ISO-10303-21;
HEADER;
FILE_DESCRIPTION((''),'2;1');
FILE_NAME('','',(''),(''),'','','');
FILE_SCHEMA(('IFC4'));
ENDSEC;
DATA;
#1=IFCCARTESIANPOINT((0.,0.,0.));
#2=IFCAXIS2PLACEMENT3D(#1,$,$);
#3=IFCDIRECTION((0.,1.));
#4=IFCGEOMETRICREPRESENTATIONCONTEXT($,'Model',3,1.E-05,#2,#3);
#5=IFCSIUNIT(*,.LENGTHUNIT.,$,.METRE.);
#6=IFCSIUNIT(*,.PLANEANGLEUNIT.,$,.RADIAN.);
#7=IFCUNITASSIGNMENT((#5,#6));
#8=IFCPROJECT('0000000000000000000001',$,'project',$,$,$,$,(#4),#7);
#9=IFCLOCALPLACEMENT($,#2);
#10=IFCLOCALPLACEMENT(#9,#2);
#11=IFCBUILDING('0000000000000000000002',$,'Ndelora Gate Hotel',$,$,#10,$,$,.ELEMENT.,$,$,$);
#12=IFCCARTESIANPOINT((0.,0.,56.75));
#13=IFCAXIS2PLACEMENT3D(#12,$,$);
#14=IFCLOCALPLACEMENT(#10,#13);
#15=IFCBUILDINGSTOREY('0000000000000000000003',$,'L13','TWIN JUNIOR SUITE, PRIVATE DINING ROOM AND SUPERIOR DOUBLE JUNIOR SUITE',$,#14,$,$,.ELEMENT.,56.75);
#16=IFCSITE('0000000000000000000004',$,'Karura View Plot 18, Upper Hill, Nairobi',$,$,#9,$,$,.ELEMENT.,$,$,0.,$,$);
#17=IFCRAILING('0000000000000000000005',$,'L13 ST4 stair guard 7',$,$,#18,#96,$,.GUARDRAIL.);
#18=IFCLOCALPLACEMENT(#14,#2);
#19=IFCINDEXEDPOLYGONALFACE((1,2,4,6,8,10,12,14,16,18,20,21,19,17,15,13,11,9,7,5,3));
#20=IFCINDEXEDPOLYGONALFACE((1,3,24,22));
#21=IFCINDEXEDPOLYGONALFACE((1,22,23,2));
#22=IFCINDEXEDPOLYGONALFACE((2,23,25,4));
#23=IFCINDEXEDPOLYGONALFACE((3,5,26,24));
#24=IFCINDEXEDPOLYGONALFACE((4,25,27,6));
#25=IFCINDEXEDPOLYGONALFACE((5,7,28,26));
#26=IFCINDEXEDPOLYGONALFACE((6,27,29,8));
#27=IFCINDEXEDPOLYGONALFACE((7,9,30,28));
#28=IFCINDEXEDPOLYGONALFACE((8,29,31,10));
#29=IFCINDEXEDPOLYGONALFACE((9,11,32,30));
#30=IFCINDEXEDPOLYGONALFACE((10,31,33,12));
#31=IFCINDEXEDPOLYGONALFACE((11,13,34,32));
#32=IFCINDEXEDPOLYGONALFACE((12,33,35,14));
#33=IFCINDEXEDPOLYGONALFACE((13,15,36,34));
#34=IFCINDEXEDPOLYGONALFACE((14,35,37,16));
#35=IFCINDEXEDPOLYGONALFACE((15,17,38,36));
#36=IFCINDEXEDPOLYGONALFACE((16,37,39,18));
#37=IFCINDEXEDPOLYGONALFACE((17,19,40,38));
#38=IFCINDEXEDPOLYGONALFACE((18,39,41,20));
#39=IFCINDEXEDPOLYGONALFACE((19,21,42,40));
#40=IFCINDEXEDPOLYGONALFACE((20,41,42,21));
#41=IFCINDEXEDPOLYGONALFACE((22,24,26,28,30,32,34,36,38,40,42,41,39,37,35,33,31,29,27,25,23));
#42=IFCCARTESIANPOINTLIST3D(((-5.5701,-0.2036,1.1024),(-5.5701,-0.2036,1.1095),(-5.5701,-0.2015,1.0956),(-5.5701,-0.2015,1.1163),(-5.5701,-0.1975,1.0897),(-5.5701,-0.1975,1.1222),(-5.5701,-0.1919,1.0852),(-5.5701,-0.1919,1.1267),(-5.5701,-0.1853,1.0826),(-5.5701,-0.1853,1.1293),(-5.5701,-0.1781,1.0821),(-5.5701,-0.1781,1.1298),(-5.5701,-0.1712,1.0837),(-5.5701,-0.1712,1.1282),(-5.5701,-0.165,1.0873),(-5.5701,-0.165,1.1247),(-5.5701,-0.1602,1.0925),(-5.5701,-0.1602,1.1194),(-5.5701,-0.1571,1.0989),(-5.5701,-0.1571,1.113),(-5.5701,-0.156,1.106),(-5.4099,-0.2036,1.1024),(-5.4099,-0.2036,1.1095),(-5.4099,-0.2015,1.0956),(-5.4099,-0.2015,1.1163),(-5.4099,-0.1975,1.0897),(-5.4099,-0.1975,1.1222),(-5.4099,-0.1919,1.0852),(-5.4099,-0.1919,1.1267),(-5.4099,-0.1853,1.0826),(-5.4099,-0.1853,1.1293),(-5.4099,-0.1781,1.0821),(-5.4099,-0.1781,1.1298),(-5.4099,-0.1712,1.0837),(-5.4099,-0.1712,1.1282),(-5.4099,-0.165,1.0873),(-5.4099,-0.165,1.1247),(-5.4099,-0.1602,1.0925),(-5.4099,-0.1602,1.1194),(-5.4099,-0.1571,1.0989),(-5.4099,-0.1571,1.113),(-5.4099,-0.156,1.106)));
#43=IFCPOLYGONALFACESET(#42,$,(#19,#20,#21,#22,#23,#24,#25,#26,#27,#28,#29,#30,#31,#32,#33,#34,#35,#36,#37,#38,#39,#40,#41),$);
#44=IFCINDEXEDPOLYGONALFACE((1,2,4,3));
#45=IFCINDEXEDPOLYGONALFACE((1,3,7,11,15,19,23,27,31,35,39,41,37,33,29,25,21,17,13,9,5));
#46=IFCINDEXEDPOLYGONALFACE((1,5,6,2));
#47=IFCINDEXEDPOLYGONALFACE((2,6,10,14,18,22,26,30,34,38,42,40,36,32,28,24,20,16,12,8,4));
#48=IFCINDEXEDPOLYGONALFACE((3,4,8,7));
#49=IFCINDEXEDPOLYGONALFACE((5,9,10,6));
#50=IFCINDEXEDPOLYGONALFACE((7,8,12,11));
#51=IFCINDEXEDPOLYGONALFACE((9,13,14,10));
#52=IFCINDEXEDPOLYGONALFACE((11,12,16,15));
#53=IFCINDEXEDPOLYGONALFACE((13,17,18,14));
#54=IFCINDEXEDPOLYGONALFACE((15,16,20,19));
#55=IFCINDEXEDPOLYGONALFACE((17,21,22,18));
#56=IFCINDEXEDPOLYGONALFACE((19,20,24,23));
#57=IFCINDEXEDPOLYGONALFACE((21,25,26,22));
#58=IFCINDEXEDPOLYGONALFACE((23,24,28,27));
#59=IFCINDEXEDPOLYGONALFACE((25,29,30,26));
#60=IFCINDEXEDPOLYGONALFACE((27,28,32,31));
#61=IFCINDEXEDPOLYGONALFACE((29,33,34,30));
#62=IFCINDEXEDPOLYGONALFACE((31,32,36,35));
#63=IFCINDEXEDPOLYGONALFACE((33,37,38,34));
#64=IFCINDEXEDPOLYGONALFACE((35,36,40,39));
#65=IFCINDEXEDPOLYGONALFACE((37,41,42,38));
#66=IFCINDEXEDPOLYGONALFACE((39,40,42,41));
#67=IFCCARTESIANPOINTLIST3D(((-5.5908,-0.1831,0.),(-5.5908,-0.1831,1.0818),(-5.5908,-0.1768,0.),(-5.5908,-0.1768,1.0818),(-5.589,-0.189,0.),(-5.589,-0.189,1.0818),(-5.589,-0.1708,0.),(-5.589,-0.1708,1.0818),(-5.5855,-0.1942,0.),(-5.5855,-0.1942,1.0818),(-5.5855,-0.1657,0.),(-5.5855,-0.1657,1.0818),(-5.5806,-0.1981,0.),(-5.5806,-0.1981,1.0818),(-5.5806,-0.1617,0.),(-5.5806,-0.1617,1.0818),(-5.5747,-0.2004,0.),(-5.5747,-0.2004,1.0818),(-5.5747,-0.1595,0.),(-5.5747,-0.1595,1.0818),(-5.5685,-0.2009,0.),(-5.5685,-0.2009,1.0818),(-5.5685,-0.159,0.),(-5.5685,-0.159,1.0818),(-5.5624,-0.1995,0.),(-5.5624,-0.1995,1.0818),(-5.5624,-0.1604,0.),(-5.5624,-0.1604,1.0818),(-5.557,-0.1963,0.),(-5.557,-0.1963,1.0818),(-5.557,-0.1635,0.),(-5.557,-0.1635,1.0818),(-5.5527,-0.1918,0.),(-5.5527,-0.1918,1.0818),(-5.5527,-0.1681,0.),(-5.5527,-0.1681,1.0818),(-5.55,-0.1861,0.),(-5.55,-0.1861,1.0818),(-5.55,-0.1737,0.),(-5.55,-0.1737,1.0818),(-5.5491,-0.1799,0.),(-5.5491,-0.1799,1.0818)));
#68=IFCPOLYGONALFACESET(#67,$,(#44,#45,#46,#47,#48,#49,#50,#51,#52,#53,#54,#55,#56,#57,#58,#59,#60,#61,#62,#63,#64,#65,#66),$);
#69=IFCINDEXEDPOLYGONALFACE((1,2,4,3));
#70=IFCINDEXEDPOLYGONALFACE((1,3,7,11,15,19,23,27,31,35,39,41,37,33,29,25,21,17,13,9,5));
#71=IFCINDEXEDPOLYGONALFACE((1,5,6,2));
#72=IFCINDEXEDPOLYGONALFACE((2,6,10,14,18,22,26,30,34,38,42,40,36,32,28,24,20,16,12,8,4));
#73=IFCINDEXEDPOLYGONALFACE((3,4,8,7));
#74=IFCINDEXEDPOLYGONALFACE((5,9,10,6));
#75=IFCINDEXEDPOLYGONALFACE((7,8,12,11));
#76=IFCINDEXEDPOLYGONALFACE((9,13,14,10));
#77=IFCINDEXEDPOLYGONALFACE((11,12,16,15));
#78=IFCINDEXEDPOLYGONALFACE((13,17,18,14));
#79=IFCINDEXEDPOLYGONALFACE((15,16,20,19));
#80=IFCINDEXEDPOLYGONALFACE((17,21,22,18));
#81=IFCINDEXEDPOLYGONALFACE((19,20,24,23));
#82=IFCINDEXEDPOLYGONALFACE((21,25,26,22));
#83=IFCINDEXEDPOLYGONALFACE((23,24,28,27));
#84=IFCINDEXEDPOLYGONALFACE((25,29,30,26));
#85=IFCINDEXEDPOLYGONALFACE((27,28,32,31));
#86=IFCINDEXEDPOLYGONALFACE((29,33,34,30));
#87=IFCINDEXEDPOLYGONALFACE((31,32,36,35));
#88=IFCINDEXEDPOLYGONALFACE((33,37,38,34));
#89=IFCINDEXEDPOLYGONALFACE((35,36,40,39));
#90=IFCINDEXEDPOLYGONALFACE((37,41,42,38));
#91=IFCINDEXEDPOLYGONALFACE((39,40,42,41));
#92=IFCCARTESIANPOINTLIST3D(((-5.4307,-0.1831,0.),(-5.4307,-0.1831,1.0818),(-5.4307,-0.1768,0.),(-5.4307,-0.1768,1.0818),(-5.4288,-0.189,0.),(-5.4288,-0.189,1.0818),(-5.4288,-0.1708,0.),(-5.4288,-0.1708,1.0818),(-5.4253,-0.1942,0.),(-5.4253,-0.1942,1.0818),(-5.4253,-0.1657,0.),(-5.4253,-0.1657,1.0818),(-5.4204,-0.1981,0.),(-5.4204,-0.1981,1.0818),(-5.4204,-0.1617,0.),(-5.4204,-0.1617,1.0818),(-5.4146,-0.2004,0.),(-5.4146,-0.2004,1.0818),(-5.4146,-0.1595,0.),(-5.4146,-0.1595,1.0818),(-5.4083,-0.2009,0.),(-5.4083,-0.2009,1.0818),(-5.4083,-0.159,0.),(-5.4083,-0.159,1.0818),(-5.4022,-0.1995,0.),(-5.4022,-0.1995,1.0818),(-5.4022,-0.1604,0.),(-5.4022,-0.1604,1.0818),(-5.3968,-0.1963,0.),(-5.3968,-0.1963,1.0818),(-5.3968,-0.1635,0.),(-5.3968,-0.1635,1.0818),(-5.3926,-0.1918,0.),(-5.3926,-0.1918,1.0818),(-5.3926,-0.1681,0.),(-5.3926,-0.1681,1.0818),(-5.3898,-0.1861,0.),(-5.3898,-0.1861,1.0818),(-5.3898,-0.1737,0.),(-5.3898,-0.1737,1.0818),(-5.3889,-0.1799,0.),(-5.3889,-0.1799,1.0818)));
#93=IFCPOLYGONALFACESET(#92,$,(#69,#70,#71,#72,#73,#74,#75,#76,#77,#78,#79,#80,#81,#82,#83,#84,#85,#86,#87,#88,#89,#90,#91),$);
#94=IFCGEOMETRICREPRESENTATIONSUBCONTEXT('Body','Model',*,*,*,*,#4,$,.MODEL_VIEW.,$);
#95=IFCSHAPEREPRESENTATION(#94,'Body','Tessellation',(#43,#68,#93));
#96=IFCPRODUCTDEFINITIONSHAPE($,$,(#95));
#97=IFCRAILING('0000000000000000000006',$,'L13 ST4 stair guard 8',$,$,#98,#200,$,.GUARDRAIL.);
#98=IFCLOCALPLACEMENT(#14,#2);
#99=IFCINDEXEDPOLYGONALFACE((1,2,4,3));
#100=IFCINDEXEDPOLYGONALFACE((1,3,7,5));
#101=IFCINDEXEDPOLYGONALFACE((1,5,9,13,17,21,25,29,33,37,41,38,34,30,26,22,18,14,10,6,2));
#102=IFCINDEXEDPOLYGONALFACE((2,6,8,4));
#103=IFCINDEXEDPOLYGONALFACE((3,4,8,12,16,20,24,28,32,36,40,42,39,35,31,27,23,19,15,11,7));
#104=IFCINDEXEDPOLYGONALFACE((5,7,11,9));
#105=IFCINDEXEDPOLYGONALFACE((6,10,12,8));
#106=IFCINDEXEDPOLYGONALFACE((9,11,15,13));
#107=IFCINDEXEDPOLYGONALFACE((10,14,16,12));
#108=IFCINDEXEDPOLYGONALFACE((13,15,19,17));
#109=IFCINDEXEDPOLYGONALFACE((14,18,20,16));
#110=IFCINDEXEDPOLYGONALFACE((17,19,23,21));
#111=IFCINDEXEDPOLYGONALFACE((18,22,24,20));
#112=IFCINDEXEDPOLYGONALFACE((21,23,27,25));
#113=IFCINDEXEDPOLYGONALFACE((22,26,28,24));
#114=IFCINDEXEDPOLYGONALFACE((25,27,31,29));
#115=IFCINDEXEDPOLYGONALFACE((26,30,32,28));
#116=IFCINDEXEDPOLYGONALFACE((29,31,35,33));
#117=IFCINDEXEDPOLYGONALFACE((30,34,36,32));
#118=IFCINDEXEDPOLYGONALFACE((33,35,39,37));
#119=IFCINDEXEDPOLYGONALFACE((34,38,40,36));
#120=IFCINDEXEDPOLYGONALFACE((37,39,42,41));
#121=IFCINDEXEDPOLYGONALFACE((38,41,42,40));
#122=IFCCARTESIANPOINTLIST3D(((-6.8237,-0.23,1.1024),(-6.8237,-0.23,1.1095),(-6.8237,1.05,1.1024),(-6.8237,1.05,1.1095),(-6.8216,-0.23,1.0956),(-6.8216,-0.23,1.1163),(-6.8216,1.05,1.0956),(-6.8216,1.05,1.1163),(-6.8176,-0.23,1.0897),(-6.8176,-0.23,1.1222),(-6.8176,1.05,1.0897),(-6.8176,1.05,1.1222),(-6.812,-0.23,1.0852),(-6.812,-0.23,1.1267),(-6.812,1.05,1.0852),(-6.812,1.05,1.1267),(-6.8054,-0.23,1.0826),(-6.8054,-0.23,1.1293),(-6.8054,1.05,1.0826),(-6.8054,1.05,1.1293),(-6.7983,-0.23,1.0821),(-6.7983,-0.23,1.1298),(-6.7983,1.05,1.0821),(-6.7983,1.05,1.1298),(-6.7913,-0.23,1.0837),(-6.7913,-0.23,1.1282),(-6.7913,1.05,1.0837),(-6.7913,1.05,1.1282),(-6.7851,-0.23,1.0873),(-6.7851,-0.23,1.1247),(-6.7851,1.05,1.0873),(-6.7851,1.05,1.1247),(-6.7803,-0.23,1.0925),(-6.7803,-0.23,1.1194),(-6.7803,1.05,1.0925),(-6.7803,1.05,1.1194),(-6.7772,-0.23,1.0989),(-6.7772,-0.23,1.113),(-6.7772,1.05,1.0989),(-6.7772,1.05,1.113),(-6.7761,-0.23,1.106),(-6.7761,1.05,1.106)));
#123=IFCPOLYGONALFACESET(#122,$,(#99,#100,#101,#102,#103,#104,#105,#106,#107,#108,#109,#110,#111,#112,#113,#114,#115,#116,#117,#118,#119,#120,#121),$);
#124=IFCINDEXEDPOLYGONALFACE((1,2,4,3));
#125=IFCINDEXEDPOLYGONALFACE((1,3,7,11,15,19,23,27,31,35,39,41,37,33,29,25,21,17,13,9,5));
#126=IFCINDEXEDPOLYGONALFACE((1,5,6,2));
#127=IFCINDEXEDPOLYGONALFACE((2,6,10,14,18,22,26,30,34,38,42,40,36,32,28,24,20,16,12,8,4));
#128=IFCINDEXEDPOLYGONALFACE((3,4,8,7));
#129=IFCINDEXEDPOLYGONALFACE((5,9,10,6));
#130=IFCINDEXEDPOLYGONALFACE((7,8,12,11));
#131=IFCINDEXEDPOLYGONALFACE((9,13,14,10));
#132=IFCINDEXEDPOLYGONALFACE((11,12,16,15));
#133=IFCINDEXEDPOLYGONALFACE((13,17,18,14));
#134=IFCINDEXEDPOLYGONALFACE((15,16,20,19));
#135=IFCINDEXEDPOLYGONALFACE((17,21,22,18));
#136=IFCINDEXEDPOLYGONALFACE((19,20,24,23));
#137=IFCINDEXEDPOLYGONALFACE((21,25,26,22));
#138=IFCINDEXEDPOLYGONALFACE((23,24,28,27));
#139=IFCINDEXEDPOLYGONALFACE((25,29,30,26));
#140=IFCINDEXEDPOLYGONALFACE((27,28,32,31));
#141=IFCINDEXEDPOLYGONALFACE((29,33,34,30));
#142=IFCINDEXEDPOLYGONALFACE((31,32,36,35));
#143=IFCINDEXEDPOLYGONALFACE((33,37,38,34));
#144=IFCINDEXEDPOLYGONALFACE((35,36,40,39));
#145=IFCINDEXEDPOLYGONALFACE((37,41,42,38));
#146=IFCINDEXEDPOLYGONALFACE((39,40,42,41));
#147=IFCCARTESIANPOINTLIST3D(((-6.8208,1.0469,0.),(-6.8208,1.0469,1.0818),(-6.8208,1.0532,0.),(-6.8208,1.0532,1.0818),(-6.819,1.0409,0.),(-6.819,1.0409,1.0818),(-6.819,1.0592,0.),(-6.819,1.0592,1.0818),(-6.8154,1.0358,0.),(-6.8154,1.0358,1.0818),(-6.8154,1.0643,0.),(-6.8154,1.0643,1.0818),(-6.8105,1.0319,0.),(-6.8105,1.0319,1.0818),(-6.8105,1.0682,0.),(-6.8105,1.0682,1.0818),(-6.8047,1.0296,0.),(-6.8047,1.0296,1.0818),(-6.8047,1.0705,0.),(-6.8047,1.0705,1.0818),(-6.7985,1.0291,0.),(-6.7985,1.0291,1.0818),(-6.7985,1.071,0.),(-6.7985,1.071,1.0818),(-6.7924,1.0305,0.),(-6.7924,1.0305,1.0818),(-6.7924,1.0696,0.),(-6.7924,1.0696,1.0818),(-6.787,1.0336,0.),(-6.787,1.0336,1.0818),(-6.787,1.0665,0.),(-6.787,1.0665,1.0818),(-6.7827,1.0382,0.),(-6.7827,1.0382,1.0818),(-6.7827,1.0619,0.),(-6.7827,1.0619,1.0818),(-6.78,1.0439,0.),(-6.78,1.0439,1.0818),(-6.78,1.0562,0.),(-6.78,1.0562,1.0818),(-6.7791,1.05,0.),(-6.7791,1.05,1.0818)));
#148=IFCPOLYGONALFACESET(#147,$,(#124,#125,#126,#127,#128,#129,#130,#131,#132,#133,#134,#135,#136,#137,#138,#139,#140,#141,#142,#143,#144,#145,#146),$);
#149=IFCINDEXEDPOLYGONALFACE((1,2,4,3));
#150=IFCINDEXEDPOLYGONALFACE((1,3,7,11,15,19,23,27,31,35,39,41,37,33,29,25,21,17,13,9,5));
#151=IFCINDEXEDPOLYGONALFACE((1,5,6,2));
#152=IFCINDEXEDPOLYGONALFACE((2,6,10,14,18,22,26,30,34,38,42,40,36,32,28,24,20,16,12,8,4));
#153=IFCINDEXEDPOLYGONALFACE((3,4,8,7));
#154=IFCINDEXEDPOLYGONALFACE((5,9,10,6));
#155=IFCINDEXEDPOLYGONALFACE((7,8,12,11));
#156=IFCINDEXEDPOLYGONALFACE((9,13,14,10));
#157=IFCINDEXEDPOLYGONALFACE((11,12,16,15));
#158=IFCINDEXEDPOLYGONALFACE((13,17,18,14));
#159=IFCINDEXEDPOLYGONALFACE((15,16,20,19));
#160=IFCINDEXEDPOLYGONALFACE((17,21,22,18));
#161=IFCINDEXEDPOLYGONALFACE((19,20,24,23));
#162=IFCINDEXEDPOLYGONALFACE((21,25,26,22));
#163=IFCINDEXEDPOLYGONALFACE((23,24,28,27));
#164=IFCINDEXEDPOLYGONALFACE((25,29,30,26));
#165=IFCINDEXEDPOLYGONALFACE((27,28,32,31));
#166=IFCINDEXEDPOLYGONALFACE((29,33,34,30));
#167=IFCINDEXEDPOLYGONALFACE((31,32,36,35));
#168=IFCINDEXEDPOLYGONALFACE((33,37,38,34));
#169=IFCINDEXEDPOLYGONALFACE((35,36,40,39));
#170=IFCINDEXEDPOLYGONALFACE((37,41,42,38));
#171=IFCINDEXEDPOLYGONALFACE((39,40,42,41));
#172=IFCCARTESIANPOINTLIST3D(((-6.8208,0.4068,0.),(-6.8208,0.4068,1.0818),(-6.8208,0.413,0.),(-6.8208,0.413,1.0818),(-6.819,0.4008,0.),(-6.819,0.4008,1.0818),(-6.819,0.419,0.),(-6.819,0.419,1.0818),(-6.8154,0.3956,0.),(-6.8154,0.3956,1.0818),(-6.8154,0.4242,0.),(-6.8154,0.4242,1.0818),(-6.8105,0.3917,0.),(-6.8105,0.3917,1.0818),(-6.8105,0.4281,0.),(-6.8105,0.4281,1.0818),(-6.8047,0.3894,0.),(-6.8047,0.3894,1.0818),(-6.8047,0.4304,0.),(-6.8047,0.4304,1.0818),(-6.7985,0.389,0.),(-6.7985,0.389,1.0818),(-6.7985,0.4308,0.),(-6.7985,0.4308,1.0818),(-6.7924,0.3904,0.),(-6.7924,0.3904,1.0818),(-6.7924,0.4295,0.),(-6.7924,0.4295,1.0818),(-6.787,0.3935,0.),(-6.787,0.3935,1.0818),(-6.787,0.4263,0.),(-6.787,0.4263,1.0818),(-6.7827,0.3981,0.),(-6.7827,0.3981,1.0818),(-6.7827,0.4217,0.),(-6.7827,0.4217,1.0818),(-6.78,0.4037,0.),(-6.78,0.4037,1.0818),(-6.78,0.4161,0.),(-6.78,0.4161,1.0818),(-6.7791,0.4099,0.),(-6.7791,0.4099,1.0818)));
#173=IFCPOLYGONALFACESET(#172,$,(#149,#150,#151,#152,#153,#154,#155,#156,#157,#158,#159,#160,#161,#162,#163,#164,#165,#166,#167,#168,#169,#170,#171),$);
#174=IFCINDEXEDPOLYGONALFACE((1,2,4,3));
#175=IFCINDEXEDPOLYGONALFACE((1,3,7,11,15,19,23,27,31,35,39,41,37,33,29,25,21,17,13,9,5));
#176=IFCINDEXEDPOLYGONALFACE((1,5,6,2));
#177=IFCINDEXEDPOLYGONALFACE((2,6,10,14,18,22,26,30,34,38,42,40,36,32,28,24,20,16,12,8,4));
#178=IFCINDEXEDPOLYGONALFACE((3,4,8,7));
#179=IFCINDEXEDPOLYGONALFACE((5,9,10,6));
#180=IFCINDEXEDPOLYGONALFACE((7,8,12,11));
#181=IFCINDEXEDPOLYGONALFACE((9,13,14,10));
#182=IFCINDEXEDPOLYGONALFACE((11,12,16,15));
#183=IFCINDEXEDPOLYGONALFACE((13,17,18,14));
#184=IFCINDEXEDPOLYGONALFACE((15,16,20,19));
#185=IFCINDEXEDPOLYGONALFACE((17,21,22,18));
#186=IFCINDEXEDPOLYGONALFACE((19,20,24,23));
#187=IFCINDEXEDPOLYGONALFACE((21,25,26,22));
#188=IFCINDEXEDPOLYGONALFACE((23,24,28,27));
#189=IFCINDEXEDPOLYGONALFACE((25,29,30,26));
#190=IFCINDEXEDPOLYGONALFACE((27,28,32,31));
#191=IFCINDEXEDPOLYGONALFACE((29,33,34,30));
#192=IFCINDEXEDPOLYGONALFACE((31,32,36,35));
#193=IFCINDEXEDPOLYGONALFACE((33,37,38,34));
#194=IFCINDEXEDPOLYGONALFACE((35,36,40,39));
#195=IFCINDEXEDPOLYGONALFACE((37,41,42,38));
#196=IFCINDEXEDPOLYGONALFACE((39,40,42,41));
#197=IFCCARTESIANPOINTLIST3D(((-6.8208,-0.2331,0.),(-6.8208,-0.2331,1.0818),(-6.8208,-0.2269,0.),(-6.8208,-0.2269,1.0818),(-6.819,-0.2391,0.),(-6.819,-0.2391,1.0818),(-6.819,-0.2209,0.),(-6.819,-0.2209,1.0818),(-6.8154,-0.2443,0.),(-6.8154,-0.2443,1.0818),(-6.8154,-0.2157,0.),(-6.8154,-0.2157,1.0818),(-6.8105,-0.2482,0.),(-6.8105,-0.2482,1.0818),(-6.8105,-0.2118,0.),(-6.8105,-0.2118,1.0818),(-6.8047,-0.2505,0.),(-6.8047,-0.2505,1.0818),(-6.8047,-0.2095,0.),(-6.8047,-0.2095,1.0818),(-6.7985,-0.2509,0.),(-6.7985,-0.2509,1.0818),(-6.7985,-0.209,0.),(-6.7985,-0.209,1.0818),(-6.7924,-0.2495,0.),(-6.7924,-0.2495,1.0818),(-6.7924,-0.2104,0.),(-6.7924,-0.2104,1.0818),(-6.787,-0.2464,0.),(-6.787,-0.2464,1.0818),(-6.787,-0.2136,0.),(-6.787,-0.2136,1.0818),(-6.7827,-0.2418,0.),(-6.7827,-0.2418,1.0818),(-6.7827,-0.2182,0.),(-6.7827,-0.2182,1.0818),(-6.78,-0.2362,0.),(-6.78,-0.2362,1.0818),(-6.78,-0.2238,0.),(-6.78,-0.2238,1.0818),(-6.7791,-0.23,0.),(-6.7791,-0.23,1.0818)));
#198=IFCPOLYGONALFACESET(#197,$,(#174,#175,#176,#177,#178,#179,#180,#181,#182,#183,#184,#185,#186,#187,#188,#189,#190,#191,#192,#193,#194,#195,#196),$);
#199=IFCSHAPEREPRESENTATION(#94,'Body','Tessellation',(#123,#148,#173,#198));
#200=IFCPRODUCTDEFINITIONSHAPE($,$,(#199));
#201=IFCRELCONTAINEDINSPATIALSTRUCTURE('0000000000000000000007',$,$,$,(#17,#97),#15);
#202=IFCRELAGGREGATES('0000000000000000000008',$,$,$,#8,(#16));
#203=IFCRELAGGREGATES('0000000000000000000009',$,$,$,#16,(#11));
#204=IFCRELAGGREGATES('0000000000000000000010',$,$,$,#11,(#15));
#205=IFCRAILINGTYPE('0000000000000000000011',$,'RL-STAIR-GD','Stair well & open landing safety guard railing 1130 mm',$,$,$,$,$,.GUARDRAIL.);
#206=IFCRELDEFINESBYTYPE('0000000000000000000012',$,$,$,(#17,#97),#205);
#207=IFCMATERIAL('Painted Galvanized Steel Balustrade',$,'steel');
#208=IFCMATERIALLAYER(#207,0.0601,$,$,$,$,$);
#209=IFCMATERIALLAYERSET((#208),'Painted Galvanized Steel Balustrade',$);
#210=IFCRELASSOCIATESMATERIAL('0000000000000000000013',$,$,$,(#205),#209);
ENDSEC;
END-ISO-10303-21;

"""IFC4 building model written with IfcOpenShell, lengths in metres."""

from ifc_helpers import new_model, si_unit, direction, frame, origin, origin_2d, place, context, subcontext, project, spatial, circle, extrude, material, layer, layer_set, type_object, element, save


model = new_model("IFC4")

# Units and contexts
model_context = context("Model", 3, precision=1e-05, world=origin(), true_north=direction((0.0, 1.0)))
body_context = subcontext(model_context, "Body", "Model", "MODEL_VIEW")
ifc_project = project(units=[si_unit("LENGTHUNIT", "METRE"), si_unit("PLANEANGLEUNIT", "RADIAN")], contexts=[model_context])

# Site, building, storey
site_placement = place(None, origin())
site = spatial("IfcSite", under=ifc_project, at=site_placement, Name="Karura View Plot 18, Upper Hill, Nairobi", CompositionType="ELEMENT", RefElevation=0.0)
building_placement = place(site_placement, origin())
building = spatial("IfcBuilding", under=site, at=building_placement, Name="Ndelora Gate Hotel", CompositionType="ELEMENT")
storey_placement = place(building_placement, frame((0.0, 0.0, 56.75)))
storey = spatial("IfcBuildingStorey", under=building, at=storey_placement, Name="L13", Description="TWIN JUNIOR SUITE, PRIVATE DINING ROOM AND SUPERIOR DOUBLE JUNIOR SUITE", CompositionType="ELEMENT", Elevation=56.75)

# Railings
ifc_material_1 = material(Name="Painted Galvanized Steel Balustrade", Category="steel")
ifc_layer_1 = layer(ifc_material_1, 0.0601)
ifc_layer_set_1 = layer_set([ifc_layer_1], Name="Painted Galvanized Steel Balustrade")
railing_type = type_object("IfcRailingType", Name="RL-STAIR-GD", Description="Stair well & open landing safety guard railing 1130 mm", PredefinedType="GUARDRAIL", material=ifc_layer_set_1)
railing_1_placement = place(storey_placement, frame((-5.5701, -0.1799, 0.0)))
element("IfcRailing", 1, at=railing_1_placement, inside=storey, type_object=railing_type, Name="L13 ST4 stair guard 7", PredefinedType="GUARDRAIL", context=body_context, shape_type="SweptSolid", body=[
    extrude(circle(Radius=0.0239, at=origin_2d()), frame((0.0, 0.0, 1.106), z_axis=(1.0, 0.0, 0.0), x_axis=(0.0, 1.0, 0.0)), (0.0, 0.0, 1.0), 0.1602),
    extrude(circle(Radius=0.021, at=origin_2d()), origin(), (0.0, 0.0, 1.0), 1.0818),
    extrude(circle(Radius=0.021, at=origin_2d()), frame((0.1602, 0.0, 0.0)), (0.0, 0.0, 1.0), 1.0818),
])
for number, where, name in (
    (2, (-6.8, 1.05, 0.0), "L13 ST4 stair guard 8"),
):
    element("IfcRailing", number, at=place(storey_placement, frame(where)), inside=storey, type_object=railing_type, Name=name, PredefinedType="GUARDRAIL", context=body_context, shape_type="SweptSolid", body=[
        extrude(circle(Radius=0.0239, at=origin_2d()), frame((0.0, 0.0, 1.106), z_axis=(0.0, -1.0, 0.0), x_axis=(1.0, 0.0, 0.0)), (0.0, 0.0, 1.0), 1.28),
        extrude(circle(Radius=0.021, at=origin_2d()), origin(), (0.0, 0.0, 1.0), 1.0818),
        extrude(circle(Radius=0.021, at=origin_2d()), frame((0.0, -0.6401, 0.0)), (0.0, 0.0, 1.0), 1.0818),
        extrude(circle(Radius=0.021, at=origin_2d()), frame((0.0, -1.28, 0.0)), (0.0, 0.0, 1.0), 1.0818),
    ])

save(model, "model.ifc")
